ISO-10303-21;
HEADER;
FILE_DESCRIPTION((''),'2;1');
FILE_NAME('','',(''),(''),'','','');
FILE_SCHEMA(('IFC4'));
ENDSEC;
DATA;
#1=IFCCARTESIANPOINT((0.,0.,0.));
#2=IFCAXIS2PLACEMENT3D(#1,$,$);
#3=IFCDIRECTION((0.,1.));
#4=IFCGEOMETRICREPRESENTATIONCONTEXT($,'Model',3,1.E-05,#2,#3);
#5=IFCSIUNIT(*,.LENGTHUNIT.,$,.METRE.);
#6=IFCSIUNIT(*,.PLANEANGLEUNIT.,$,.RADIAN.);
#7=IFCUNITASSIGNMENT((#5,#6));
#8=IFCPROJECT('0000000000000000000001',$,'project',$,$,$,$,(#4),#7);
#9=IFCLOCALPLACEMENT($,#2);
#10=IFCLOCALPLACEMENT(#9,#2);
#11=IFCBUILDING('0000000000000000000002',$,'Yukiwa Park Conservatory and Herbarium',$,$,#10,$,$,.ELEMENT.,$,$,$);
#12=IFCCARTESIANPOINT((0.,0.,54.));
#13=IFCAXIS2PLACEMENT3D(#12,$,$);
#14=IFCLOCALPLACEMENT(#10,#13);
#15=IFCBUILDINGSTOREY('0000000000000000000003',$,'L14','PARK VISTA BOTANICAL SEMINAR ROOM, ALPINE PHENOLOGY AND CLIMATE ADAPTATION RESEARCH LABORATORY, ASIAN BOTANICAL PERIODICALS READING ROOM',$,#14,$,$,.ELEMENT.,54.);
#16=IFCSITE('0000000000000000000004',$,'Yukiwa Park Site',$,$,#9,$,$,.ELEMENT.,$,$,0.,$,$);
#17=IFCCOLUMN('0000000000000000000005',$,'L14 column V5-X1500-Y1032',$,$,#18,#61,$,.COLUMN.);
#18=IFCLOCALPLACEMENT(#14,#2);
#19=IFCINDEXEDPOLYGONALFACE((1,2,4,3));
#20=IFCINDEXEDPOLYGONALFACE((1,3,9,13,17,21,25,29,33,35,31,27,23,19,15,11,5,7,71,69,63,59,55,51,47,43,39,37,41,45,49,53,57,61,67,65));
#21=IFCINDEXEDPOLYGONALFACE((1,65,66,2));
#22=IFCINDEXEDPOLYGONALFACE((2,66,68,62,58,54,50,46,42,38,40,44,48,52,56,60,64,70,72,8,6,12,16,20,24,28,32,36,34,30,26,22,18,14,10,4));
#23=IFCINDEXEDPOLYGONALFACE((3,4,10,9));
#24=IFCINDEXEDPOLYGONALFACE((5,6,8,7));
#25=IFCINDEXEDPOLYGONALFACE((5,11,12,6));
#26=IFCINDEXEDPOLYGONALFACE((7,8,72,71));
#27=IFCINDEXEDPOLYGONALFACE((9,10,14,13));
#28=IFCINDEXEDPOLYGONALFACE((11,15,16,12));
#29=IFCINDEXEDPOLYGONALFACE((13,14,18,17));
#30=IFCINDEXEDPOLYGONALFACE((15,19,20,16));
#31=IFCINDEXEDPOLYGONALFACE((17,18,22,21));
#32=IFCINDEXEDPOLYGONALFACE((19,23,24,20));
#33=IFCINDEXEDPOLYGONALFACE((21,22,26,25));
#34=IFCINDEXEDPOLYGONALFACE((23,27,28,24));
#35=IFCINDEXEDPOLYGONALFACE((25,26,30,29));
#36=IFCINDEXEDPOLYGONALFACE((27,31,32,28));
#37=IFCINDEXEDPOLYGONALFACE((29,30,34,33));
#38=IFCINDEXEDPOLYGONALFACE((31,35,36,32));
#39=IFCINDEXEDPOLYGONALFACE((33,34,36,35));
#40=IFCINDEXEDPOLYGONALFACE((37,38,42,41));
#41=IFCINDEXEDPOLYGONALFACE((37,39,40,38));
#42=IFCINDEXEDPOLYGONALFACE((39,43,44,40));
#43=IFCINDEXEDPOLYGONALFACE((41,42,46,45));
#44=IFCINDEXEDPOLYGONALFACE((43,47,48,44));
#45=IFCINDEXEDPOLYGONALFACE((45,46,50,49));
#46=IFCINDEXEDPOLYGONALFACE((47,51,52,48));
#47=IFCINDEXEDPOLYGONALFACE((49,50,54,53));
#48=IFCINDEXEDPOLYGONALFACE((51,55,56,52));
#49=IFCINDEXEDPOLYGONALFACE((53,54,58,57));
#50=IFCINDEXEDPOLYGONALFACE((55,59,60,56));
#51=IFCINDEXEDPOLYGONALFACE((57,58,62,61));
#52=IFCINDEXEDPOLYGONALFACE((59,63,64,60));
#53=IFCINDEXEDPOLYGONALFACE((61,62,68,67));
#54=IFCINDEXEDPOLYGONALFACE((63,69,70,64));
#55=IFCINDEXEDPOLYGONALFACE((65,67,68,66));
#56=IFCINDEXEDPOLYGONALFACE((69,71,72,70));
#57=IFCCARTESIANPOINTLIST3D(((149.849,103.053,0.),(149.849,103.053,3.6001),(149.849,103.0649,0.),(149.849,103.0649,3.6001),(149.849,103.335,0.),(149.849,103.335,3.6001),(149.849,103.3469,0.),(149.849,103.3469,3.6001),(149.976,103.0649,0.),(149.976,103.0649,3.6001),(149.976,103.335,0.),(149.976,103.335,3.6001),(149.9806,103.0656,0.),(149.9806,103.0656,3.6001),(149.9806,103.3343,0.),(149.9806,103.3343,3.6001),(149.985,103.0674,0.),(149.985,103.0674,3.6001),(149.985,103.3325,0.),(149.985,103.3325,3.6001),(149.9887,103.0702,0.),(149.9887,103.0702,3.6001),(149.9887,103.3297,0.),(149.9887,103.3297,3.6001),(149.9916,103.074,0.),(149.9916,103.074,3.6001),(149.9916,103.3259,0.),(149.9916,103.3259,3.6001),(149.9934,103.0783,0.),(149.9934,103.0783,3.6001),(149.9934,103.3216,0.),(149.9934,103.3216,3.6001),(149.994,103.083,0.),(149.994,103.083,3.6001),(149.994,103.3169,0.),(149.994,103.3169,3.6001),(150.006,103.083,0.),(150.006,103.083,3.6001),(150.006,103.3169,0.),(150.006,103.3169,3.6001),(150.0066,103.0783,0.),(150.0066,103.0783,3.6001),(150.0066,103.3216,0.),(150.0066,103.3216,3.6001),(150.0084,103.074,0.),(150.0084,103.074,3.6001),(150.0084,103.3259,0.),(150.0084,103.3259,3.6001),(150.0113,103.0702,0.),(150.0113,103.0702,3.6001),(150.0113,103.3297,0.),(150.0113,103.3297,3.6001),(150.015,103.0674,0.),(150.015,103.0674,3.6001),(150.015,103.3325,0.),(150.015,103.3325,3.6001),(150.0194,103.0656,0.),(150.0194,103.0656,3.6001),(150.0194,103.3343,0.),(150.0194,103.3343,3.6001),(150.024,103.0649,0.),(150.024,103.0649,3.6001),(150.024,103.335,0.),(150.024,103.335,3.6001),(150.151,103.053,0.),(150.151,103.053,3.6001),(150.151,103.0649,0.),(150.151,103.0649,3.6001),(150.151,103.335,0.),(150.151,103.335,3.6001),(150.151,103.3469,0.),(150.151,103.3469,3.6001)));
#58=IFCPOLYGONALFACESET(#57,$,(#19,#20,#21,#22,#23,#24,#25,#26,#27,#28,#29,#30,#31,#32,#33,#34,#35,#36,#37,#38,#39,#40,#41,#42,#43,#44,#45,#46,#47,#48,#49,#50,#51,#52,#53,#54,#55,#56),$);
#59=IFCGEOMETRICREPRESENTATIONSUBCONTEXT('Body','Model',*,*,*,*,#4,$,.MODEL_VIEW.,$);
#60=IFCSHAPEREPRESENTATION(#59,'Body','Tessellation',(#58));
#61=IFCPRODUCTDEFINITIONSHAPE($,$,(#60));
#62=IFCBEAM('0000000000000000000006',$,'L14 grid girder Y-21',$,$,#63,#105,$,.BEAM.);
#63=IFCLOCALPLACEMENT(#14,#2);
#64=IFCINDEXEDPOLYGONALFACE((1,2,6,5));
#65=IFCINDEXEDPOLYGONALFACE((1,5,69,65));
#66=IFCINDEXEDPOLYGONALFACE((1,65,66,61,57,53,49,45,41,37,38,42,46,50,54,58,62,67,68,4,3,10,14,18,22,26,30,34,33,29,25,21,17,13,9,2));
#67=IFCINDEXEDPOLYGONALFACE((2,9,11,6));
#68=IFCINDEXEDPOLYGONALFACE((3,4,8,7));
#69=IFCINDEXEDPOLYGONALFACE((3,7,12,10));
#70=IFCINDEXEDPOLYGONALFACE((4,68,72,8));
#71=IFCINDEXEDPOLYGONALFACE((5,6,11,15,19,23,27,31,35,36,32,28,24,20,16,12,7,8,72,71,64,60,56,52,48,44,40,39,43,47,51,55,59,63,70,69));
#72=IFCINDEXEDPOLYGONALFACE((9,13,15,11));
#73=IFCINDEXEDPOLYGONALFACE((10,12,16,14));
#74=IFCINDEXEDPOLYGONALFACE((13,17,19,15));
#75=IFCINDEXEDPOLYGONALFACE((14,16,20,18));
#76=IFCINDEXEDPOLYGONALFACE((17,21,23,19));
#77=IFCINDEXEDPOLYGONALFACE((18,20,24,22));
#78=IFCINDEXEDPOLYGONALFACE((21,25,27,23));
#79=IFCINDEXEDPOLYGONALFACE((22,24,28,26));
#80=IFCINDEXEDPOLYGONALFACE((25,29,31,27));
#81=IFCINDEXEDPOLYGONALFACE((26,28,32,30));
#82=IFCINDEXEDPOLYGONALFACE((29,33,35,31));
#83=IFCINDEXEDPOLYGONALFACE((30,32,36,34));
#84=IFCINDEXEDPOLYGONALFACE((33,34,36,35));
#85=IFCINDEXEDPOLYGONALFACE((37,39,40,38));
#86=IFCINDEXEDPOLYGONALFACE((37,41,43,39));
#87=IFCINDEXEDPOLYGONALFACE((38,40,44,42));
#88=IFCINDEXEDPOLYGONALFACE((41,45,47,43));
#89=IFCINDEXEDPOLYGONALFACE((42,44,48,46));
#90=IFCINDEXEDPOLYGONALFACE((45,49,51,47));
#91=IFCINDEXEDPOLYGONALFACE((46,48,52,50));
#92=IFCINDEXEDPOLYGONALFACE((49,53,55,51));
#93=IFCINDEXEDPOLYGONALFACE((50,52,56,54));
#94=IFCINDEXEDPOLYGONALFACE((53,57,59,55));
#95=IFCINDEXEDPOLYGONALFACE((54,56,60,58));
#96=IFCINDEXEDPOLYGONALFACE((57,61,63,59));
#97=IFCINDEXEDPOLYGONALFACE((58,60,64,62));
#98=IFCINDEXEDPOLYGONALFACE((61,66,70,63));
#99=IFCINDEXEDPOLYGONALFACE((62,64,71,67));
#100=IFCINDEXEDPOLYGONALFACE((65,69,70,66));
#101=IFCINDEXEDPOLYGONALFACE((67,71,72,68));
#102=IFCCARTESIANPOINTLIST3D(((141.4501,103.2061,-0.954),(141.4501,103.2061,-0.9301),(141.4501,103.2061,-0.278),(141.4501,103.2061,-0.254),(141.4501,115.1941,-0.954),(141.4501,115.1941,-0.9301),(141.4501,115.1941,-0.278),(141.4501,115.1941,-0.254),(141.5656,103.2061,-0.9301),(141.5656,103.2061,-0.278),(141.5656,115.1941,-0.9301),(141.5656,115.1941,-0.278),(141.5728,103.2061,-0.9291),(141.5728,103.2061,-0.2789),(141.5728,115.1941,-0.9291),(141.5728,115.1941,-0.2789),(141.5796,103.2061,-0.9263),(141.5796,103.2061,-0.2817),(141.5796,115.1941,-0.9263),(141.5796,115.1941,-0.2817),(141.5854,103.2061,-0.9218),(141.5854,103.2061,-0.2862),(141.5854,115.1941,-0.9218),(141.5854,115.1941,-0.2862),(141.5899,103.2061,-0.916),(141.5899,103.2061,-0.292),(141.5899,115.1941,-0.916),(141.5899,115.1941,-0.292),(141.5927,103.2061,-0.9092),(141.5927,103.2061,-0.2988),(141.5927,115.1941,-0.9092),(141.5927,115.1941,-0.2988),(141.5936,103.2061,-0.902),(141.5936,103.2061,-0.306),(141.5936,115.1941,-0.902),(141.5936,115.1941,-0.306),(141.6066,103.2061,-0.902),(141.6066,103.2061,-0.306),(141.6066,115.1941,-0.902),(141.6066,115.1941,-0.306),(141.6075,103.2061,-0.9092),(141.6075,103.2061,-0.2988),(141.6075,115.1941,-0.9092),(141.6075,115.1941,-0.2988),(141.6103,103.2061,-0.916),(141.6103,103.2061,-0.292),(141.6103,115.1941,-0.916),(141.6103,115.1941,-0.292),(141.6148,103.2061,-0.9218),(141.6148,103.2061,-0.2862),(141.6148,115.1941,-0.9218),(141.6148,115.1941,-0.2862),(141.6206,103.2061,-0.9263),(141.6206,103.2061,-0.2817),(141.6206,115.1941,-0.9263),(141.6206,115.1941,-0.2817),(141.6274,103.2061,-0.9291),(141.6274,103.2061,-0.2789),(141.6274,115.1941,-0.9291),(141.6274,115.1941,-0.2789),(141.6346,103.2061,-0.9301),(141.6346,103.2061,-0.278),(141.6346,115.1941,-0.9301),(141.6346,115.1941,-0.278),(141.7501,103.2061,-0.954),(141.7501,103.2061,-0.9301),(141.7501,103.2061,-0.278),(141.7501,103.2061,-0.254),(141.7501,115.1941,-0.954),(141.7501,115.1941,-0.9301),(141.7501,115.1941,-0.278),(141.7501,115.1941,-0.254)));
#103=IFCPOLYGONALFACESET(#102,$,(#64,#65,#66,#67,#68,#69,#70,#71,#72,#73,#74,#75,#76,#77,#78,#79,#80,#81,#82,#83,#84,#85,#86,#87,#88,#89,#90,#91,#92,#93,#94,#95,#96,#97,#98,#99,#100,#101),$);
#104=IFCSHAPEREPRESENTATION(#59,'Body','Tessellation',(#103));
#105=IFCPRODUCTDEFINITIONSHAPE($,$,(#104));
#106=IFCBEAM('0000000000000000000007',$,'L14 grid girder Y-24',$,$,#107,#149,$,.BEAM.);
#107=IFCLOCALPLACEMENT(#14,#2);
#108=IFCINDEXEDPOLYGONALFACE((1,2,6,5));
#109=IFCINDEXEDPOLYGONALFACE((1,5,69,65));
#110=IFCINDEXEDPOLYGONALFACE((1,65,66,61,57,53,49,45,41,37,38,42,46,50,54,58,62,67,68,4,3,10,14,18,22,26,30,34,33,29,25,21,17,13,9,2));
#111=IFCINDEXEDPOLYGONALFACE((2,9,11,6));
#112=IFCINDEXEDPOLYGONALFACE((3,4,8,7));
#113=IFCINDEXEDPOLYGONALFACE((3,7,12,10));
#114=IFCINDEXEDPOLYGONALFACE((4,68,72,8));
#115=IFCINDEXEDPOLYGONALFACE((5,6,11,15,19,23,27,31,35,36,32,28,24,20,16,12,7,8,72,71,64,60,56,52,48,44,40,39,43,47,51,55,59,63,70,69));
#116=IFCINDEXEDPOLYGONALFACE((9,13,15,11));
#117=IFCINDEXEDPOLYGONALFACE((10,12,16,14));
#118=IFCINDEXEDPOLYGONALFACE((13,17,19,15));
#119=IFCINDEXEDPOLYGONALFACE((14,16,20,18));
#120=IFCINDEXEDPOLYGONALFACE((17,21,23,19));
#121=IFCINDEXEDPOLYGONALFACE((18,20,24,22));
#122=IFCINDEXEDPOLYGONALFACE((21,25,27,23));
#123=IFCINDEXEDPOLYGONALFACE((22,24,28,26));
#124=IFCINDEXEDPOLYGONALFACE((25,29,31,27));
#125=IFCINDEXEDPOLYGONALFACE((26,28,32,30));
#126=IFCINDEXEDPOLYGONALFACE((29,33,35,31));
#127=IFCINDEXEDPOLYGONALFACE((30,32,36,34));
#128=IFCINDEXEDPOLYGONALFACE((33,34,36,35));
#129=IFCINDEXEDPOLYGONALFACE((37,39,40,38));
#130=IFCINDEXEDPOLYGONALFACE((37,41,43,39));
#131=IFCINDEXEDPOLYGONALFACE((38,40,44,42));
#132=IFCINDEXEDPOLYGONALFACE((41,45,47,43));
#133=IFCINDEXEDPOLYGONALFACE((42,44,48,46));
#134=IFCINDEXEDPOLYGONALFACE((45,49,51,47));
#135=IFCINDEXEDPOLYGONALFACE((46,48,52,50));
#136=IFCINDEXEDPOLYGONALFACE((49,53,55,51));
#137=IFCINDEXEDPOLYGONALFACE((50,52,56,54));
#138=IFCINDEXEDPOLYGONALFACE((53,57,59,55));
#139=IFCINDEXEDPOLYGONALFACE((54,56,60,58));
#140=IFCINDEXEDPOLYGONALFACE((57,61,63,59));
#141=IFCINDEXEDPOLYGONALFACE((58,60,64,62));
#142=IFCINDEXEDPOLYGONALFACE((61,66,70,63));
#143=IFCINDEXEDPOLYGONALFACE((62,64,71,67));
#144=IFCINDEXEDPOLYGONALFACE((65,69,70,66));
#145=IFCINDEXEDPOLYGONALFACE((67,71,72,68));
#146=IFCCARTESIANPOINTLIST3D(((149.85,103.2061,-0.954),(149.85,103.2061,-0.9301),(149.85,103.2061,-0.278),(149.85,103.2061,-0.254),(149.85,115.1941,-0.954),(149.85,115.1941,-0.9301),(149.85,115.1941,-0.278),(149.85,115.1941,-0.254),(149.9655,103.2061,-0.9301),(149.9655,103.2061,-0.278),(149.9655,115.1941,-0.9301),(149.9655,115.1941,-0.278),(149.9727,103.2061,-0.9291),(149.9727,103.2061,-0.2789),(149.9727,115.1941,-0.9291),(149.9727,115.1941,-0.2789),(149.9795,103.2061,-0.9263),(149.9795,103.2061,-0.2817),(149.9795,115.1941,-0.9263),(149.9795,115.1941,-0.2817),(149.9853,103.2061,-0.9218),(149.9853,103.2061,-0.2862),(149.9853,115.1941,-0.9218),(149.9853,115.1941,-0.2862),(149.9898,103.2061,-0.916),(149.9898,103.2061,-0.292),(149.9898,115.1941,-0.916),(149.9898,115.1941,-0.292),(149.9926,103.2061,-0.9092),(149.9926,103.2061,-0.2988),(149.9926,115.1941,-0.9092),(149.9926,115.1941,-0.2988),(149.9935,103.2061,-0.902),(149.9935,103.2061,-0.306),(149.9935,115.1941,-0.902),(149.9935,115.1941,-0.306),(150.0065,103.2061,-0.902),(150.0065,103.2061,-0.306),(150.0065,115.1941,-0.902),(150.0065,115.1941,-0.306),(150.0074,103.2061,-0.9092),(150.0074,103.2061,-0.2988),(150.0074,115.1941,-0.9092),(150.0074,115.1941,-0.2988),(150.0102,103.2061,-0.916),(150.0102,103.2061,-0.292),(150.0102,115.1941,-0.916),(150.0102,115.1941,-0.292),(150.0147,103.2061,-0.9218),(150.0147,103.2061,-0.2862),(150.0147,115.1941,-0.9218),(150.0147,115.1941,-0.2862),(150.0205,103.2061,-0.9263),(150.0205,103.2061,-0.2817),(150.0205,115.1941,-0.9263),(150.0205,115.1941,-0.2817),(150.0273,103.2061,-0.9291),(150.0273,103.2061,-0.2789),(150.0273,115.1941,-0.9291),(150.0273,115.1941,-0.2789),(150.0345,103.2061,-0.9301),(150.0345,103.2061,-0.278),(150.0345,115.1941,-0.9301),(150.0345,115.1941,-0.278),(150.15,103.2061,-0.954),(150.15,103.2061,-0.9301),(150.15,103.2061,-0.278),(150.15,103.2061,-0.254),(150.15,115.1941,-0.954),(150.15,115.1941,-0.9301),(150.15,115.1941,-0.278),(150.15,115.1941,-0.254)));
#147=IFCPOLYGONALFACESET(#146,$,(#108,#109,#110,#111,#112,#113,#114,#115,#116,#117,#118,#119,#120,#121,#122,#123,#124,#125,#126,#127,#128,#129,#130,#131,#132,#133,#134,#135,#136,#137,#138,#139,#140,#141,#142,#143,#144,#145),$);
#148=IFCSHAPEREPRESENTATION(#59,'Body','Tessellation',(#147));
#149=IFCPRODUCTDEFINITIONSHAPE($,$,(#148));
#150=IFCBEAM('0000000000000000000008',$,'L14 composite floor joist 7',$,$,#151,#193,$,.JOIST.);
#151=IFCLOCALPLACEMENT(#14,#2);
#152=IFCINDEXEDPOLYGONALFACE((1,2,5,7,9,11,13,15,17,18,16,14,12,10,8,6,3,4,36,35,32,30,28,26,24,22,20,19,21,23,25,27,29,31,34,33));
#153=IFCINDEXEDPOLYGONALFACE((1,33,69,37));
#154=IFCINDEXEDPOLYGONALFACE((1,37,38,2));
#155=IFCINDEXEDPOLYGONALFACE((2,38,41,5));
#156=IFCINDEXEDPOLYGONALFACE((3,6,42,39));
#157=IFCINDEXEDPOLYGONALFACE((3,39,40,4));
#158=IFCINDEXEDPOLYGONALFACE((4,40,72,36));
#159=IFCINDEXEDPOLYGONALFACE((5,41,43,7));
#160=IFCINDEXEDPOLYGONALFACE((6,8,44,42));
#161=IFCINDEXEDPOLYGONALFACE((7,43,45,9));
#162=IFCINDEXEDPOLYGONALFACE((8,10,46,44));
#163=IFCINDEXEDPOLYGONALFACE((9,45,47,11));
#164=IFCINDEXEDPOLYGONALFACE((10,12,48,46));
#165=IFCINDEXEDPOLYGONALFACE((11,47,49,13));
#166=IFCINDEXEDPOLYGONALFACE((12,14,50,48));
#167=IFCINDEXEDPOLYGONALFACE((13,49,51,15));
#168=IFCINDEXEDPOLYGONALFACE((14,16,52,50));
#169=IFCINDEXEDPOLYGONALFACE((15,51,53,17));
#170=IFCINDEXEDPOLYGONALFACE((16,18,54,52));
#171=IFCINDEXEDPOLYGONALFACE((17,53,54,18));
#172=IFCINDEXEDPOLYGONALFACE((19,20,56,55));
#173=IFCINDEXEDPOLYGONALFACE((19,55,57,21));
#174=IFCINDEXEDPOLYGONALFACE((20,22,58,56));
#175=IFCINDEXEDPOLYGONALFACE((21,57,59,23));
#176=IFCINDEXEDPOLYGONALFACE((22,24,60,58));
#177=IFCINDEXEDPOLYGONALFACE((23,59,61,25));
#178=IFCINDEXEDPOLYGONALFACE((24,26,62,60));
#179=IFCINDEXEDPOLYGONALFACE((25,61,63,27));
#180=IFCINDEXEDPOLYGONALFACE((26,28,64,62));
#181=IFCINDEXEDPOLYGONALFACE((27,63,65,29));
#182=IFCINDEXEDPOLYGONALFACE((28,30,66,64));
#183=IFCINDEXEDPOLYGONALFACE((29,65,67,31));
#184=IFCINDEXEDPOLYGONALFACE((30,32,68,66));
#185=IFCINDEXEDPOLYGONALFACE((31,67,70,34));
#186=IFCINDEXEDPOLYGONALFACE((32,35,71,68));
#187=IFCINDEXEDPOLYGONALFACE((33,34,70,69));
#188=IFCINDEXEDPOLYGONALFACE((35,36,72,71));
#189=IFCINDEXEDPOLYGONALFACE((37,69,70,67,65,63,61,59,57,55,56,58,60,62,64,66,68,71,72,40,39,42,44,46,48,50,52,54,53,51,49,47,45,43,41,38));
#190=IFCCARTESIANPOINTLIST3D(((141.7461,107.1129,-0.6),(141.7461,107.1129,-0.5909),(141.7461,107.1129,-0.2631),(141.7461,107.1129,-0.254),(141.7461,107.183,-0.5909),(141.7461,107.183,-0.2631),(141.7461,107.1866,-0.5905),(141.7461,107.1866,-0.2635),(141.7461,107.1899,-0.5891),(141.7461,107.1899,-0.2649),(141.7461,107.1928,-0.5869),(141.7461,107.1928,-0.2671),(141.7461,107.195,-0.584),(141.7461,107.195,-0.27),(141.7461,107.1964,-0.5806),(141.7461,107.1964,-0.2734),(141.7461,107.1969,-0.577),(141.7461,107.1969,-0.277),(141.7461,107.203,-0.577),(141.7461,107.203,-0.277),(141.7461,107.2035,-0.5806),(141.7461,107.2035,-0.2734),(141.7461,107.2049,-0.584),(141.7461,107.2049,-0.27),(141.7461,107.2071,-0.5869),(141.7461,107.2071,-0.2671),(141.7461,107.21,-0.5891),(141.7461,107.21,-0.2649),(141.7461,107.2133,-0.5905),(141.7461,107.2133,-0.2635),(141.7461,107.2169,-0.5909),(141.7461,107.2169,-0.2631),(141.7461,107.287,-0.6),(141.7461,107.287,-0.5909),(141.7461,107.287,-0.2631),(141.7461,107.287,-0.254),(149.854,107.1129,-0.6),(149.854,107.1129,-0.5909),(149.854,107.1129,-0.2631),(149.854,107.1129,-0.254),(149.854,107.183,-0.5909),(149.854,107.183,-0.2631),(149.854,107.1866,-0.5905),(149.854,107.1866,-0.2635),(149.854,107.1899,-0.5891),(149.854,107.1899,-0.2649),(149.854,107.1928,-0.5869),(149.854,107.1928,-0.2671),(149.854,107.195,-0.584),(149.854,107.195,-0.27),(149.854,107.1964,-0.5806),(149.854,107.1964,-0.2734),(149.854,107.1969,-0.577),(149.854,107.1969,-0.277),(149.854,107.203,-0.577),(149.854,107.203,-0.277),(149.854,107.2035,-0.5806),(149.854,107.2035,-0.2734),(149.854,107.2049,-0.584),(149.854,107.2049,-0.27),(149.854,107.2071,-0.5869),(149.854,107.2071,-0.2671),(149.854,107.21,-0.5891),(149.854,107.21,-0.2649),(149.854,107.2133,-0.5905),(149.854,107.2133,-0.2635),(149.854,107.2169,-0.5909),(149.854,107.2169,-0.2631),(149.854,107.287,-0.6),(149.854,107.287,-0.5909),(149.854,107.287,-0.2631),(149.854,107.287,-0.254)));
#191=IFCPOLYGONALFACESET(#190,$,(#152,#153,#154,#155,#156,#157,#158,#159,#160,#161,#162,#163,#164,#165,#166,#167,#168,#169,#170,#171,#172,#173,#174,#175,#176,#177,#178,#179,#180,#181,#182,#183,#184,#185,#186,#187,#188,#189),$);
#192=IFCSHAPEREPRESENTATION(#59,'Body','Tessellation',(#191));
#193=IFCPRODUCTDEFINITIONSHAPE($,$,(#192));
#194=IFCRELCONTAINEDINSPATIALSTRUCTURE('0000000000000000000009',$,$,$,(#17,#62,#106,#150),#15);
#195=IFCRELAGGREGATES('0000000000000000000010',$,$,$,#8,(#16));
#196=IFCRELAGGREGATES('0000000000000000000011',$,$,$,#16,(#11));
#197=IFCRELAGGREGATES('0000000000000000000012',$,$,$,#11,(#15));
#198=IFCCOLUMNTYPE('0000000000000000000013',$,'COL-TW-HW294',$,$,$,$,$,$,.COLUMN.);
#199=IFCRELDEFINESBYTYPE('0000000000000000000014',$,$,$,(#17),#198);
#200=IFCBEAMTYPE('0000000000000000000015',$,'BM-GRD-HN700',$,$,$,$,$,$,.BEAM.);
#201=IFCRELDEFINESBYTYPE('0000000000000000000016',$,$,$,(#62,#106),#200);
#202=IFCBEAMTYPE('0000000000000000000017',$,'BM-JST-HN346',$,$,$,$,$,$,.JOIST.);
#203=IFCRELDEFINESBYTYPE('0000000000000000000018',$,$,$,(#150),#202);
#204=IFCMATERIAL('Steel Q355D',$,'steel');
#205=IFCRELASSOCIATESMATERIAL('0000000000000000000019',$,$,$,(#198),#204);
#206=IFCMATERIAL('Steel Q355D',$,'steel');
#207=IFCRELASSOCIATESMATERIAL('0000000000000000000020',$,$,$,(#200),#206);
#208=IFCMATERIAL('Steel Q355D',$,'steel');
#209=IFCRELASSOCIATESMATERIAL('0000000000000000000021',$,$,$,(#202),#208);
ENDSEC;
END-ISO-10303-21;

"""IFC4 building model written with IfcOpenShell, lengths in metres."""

from ifc_helpers import new_model, si_unit, direction, frame, origin, origin_2d, place, context, subcontext, project, spatial, i_section, extrude, material, material_profile, profile_set, type_object, element, save


model = new_model("IFC4")

# Units and contexts
model_context = context("Model", 3, precision=1e-05, world=origin(), true_north=direction((0.0, 1.0)))
body_context = subcontext(model_context, "Body", "Model", "MODEL_VIEW")
ifc_project = project(units=[si_unit("LENGTHUNIT", "METRE"), si_unit("PLANEANGLEUNIT", "RADIAN")], contexts=[model_context])

# Site, building, storey
site_placement = place(None, origin())
site = spatial("IfcSite", under=ifc_project, at=site_placement, Name="Yukiwa Park Site", CompositionType="ELEMENT", RefElevation=0.0)
building_placement = place(site_placement, origin())
building = spatial("IfcBuilding", under=site, at=building_placement, Name="Yukiwa Park Conservatory and Herbarium", CompositionType="ELEMENT")
storey_placement = place(building_placement, frame((0.0, 0.0, 54.0)))
storey = spatial("IfcBuildingStorey", under=building, at=storey_placement, Name="L14", Description="PARK VISTA BOTANICAL SEMINAR ROOM, ALPINE PHENOLOGY AND CLIMATE ADAPTATION RESEARCH LABORATORY, ASIAN BOTANICAL PERIODICALS READING ROOM", CompositionType="ELEMENT", Elevation=54.0)

# Column
ifc_material_1 = material(Name="Steel Q355D", Category="steel")
ifc_material_profile_1 = material_profile(ifc_material_1, i_section(OverallWidth=0.302, OverallDepth=0.2939, WebThickness=0.012, FlangeThickness=0.012, FilletRadius=0.0181, at=origin_2d()), Name="HW 294x302x12x12")
ifc_profile_set_1 = profile_set([ifc_material_profile_1], Name="Steel Q355D")
column_type_1 = type_object("IfcColumnType", Name="COL-TW-HW294", PredefinedType="COLUMN", material=ifc_profile_set_1)
for number, where, z_axis, x_axis, name in (
    (1, (150.0, 103.2, 0.0), (0.0, 0.0, 1.0), (1.0, 0.0, 0.0), "L14 column V5-X1500-Y1032"),
):
    element("IfcColumn", number, at=place(storey_placement, frame(where, z_axis=z_axis, x_axis=x_axis)), inside=storey, type_object=column_type_1, Name=name, PredefinedType="COLUMN", context=body_context, shape_type="SweptSolid", body=[
        extrude(i_section(OverallWidth=0.302, OverallDepth=0.2939, WebThickness=0.012, FlangeThickness=0.012, FilletRadius=0.0181, at=origin_2d()), origin(), (0.0, 0.0, 1.0), 3.6001),
    ])

# Beams
ifc_material_2 = material(Name="Steel Q355D", Category="steel")
ifc_material_profile_2 = material_profile(ifc_material_2, i_section(OverallWidth=0.3, OverallDepth=0.7, WebThickness=0.0129, FlangeThickness=0.0239, FilletRadius=0.0281, at=origin_2d()), Name="HN 700x300x13x24")
ifc_profile_set_2 = profile_set([ifc_material_profile_2], Name="Steel Q355D")
beam_type_1 = type_object("IfcBeamType", Name="BM-GRD-HN700", PredefinedType="BEAM", material=ifc_profile_set_2)
for number, where, z_axis, x_axis, name in (
    (2, (141.6001, 103.2061, -0.604), (0.0, 1.0, 0.0), (-1.0, 0.0, 0.0), "L14 grid girder Y-21"),
    (3, (150.0, 103.2061, -0.604), (0.0, 1.0, 0.0), (-1.0, 0.0, 0.0), "L14 grid girder Y-24"),
):
    element("IfcBeam", number, at=place(storey_placement, frame(where, z_axis=z_axis, x_axis=x_axis)), inside=storey, type_object=beam_type_1, Name=name, PredefinedType="BEAM", context=body_context, shape_type="SweptSolid", body=[
        extrude(i_section(OverallWidth=0.3, OverallDepth=0.7, WebThickness=0.0129, FlangeThickness=0.0239, FilletRadius=0.0281, at=origin_2d()), origin(), (0.0, 0.0, 1.0), 11.988),
    ])
ifc_material_3 = material(Name="Steel Q355D", Category="steel")
ifc_material_profile_3 = material_profile(ifc_material_3, i_section(OverallWidth=0.1741, OverallDepth=0.3459, WebThickness=0.0061, FlangeThickness=0.009, FilletRadius=0.0139, at=origin_2d()), Name="HN 346x174x6x9")
ifc_profile_set_3 = profile_set([ifc_material_profile_3], Name="Steel Q355D")
beam_type_2 = type_object("IfcBeamType", Name="BM-JST-HN346", PredefinedType="JOIST", material=ifc_profile_set_3)
for number, where, z_axis, x_axis, name in (
    (4, (141.7461, 107.2, -0.427), (1.0, 0.0, 0.0), (0.0, 1.0, 0.0), "L14 composite floor joist 7"),
):
    element("IfcBeam", number, at=place(storey_placement, frame(where, z_axis=z_axis, x_axis=x_axis)), inside=storey, type_object=beam_type_2, Name=name, PredefinedType="JOIST", context=body_context, shape_type="SweptSolid", body=[
        extrude(i_section(OverallWidth=0.1741, OverallDepth=0.3459, WebThickness=0.0061, FlangeThickness=0.009, FilletRadius=0.0139, at=origin_2d()), origin(), (0.0, 0.0, 1.0), 8.1079),
    ])

save(model, "model.ifc")
